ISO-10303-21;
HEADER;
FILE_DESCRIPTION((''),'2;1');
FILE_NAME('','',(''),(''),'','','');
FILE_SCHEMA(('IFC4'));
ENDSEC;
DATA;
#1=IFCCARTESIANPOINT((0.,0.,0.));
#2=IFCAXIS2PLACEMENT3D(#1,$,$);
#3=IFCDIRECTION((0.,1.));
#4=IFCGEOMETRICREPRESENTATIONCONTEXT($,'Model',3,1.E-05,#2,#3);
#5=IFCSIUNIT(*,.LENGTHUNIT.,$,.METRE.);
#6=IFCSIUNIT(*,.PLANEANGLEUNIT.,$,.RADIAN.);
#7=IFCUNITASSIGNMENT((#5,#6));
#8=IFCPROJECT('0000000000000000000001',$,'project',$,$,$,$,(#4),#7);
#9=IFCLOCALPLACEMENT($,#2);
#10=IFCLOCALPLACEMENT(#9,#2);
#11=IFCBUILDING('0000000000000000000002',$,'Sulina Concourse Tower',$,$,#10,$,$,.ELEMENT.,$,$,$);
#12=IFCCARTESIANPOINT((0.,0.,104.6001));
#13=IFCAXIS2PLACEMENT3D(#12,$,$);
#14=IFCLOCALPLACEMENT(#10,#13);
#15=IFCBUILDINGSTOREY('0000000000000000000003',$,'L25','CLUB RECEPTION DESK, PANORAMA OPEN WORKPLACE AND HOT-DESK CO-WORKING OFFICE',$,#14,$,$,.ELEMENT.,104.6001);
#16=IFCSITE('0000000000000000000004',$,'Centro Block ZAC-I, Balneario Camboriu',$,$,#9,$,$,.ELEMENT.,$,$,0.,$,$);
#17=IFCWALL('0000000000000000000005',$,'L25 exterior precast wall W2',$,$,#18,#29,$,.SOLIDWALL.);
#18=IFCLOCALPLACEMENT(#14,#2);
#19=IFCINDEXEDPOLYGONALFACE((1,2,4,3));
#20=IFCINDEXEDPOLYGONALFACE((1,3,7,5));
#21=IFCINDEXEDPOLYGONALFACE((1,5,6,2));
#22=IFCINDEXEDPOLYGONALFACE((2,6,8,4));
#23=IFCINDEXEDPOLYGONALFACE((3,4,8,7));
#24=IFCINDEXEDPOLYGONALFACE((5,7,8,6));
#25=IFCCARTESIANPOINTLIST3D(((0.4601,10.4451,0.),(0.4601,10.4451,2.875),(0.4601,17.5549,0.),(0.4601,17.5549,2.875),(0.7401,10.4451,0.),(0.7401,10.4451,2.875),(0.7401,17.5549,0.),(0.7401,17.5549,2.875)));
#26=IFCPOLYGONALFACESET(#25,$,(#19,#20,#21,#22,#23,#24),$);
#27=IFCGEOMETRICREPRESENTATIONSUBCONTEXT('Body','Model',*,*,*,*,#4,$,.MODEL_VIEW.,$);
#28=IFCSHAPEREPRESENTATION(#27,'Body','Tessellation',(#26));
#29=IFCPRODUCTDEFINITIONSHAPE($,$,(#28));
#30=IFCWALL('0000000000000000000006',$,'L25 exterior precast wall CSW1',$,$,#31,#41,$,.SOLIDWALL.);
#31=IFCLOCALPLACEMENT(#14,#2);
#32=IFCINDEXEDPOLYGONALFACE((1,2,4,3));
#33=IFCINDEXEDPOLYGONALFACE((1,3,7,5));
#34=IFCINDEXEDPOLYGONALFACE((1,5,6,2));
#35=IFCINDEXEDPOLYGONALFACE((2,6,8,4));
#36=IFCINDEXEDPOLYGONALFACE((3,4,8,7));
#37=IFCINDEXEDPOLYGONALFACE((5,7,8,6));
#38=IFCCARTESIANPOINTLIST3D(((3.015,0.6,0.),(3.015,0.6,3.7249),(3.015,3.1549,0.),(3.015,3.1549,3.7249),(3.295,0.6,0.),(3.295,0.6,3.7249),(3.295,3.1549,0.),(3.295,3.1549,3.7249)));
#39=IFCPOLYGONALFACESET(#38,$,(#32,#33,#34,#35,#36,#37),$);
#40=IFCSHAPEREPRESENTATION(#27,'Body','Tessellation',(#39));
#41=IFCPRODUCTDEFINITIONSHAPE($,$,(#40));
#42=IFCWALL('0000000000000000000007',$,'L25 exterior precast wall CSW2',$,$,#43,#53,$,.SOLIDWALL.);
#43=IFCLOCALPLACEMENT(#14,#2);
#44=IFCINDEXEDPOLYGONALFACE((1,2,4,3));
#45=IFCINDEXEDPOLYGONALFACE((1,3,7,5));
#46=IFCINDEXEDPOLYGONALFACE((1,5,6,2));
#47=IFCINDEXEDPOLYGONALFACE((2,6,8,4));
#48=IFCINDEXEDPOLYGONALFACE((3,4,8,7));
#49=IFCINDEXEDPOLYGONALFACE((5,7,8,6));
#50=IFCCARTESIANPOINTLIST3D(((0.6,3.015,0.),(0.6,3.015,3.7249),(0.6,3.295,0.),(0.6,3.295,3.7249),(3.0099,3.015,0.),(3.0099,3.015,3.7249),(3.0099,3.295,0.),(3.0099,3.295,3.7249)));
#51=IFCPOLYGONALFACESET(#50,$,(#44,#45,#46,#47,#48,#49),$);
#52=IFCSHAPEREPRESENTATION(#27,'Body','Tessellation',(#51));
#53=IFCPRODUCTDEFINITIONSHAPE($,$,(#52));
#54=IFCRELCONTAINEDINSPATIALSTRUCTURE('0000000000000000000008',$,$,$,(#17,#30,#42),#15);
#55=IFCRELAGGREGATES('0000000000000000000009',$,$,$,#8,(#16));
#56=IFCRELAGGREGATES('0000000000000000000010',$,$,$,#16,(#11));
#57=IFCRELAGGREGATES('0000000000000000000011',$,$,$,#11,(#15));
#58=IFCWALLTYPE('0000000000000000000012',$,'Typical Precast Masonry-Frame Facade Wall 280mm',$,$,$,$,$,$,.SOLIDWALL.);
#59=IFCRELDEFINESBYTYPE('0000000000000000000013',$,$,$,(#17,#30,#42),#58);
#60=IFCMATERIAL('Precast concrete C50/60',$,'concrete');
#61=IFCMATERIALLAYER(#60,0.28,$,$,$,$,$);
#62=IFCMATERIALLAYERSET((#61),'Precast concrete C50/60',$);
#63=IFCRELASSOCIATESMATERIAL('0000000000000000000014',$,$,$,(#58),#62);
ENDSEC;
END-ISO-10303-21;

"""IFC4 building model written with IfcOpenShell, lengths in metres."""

from ifc_helpers import new_model, si_unit, direction, frame, frame_2d, origin, place, context, subcontext, project, spatial, rectangle, extrude, material, layer, layer_set, type_object, element, save


model = new_model("IFC4")

# Units and contexts
model_context = context("Model", 3, precision=1e-05, world=origin(), true_north=direction((0.0, 1.0)))
body_context = subcontext(model_context, "Body", "Model", "MODEL_VIEW")
ifc_project = project(units=[si_unit("LENGTHUNIT", "METRE"), si_unit("PLANEANGLEUNIT", "RADIAN")], contexts=[model_context])

# Site, building, storey
site_placement = place(None, origin())
site = spatial("IfcSite", under=ifc_project, at=site_placement, Name="Centro Block ZAC-I, Balneario Camboriu", CompositionType="ELEMENT", RefElevation=0.0)
building_placement = place(site_placement, origin())
building = spatial("IfcBuilding", under=site, at=building_placement, Name="Sulina Concourse Tower", CompositionType="ELEMENT")
storey_placement = place(building_placement, frame((0.0, 0.0, 104.6001)))
storey = spatial("IfcBuildingStorey", under=building, at=storey_placement, Name="L25", Description="CLUB RECEPTION DESK, PANORAMA OPEN WORKPLACE AND HOT-DESK CO-WORKING OFFICE", CompositionType="ELEMENT", Elevation=104.6001)

# Shared definitions
ifc_material_1 = material(Name="Precast concrete C50/60", Category="concrete")
ifc_layer_1 = layer(ifc_material_1, 0.28)
ifc_layer_set_1 = layer_set([ifc_layer_1], Name="Precast concrete C50/60")
wall_type_1 = type_object("IfcWallType", Name="Typical Precast Masonry-Frame Facade Wall 280mm", PredefinedType="SOLIDWALL", material=ifc_layer_set_1)

# Walls
wall_1_placement = place(storey_placement, frame((0.6001, 10.4451, 0.0), z_axis=(0.0, 0.0, 1.0), x_axis=(0.0, 1.0, 0.0)))
element("IfcWall", 1, at=wall_1_placement, inside=storey, type_object=wall_type_1, Name="L25 exterior precast wall W2", PredefinedType="SOLIDWALL", context=body_context, shape_type="SweptSolid", body=[
    extrude(rectangle(XDim=7.1099, YDim=0.28, at=frame_2d((3.5549, 0.0))), origin(), (0.0, 0.0, 1.0), 2.875),
])
wall_2_placement = place(storey_placement, frame((3.155, 0.6001, 0.0), z_axis=(0.0, 0.0, 1.0), x_axis=(0.0, 1.0, 0.0)))
element("IfcWall", 2, at=wall_2_placement, inside=storey, type_object=wall_type_1, Name="L25 exterior precast wall CSW1", PredefinedType="SOLIDWALL", context=body_context, shape_type="SweptSolid", body=[
    extrude(rectangle(XDim=2.5549, YDim=0.28, at=frame_2d((1.2773, 0.0))), origin(), (0.0, 0.0, 1.0), 3.7249),
])
wall_3_placement = place(storey_placement, frame((3.01, 3.155, 0.0), z_axis=(0.0, 0.0, 1.0), x_axis=(-1.0, 0.0, 0.0)))
element("IfcWall", 3, at=wall_3_placement, inside=storey, type_object=wall_type_1, Name="L25 exterior precast wall CSW2", PredefinedType="SOLIDWALL", context=body_context, shape_type="SweptSolid", body=[
    extrude(rectangle(XDim=2.4099, YDim=0.28, at=frame_2d((1.2051, 0.0))), origin(), (0.0, 0.0, 1.0), 3.7249),
])

save(model, "model.ifc")
